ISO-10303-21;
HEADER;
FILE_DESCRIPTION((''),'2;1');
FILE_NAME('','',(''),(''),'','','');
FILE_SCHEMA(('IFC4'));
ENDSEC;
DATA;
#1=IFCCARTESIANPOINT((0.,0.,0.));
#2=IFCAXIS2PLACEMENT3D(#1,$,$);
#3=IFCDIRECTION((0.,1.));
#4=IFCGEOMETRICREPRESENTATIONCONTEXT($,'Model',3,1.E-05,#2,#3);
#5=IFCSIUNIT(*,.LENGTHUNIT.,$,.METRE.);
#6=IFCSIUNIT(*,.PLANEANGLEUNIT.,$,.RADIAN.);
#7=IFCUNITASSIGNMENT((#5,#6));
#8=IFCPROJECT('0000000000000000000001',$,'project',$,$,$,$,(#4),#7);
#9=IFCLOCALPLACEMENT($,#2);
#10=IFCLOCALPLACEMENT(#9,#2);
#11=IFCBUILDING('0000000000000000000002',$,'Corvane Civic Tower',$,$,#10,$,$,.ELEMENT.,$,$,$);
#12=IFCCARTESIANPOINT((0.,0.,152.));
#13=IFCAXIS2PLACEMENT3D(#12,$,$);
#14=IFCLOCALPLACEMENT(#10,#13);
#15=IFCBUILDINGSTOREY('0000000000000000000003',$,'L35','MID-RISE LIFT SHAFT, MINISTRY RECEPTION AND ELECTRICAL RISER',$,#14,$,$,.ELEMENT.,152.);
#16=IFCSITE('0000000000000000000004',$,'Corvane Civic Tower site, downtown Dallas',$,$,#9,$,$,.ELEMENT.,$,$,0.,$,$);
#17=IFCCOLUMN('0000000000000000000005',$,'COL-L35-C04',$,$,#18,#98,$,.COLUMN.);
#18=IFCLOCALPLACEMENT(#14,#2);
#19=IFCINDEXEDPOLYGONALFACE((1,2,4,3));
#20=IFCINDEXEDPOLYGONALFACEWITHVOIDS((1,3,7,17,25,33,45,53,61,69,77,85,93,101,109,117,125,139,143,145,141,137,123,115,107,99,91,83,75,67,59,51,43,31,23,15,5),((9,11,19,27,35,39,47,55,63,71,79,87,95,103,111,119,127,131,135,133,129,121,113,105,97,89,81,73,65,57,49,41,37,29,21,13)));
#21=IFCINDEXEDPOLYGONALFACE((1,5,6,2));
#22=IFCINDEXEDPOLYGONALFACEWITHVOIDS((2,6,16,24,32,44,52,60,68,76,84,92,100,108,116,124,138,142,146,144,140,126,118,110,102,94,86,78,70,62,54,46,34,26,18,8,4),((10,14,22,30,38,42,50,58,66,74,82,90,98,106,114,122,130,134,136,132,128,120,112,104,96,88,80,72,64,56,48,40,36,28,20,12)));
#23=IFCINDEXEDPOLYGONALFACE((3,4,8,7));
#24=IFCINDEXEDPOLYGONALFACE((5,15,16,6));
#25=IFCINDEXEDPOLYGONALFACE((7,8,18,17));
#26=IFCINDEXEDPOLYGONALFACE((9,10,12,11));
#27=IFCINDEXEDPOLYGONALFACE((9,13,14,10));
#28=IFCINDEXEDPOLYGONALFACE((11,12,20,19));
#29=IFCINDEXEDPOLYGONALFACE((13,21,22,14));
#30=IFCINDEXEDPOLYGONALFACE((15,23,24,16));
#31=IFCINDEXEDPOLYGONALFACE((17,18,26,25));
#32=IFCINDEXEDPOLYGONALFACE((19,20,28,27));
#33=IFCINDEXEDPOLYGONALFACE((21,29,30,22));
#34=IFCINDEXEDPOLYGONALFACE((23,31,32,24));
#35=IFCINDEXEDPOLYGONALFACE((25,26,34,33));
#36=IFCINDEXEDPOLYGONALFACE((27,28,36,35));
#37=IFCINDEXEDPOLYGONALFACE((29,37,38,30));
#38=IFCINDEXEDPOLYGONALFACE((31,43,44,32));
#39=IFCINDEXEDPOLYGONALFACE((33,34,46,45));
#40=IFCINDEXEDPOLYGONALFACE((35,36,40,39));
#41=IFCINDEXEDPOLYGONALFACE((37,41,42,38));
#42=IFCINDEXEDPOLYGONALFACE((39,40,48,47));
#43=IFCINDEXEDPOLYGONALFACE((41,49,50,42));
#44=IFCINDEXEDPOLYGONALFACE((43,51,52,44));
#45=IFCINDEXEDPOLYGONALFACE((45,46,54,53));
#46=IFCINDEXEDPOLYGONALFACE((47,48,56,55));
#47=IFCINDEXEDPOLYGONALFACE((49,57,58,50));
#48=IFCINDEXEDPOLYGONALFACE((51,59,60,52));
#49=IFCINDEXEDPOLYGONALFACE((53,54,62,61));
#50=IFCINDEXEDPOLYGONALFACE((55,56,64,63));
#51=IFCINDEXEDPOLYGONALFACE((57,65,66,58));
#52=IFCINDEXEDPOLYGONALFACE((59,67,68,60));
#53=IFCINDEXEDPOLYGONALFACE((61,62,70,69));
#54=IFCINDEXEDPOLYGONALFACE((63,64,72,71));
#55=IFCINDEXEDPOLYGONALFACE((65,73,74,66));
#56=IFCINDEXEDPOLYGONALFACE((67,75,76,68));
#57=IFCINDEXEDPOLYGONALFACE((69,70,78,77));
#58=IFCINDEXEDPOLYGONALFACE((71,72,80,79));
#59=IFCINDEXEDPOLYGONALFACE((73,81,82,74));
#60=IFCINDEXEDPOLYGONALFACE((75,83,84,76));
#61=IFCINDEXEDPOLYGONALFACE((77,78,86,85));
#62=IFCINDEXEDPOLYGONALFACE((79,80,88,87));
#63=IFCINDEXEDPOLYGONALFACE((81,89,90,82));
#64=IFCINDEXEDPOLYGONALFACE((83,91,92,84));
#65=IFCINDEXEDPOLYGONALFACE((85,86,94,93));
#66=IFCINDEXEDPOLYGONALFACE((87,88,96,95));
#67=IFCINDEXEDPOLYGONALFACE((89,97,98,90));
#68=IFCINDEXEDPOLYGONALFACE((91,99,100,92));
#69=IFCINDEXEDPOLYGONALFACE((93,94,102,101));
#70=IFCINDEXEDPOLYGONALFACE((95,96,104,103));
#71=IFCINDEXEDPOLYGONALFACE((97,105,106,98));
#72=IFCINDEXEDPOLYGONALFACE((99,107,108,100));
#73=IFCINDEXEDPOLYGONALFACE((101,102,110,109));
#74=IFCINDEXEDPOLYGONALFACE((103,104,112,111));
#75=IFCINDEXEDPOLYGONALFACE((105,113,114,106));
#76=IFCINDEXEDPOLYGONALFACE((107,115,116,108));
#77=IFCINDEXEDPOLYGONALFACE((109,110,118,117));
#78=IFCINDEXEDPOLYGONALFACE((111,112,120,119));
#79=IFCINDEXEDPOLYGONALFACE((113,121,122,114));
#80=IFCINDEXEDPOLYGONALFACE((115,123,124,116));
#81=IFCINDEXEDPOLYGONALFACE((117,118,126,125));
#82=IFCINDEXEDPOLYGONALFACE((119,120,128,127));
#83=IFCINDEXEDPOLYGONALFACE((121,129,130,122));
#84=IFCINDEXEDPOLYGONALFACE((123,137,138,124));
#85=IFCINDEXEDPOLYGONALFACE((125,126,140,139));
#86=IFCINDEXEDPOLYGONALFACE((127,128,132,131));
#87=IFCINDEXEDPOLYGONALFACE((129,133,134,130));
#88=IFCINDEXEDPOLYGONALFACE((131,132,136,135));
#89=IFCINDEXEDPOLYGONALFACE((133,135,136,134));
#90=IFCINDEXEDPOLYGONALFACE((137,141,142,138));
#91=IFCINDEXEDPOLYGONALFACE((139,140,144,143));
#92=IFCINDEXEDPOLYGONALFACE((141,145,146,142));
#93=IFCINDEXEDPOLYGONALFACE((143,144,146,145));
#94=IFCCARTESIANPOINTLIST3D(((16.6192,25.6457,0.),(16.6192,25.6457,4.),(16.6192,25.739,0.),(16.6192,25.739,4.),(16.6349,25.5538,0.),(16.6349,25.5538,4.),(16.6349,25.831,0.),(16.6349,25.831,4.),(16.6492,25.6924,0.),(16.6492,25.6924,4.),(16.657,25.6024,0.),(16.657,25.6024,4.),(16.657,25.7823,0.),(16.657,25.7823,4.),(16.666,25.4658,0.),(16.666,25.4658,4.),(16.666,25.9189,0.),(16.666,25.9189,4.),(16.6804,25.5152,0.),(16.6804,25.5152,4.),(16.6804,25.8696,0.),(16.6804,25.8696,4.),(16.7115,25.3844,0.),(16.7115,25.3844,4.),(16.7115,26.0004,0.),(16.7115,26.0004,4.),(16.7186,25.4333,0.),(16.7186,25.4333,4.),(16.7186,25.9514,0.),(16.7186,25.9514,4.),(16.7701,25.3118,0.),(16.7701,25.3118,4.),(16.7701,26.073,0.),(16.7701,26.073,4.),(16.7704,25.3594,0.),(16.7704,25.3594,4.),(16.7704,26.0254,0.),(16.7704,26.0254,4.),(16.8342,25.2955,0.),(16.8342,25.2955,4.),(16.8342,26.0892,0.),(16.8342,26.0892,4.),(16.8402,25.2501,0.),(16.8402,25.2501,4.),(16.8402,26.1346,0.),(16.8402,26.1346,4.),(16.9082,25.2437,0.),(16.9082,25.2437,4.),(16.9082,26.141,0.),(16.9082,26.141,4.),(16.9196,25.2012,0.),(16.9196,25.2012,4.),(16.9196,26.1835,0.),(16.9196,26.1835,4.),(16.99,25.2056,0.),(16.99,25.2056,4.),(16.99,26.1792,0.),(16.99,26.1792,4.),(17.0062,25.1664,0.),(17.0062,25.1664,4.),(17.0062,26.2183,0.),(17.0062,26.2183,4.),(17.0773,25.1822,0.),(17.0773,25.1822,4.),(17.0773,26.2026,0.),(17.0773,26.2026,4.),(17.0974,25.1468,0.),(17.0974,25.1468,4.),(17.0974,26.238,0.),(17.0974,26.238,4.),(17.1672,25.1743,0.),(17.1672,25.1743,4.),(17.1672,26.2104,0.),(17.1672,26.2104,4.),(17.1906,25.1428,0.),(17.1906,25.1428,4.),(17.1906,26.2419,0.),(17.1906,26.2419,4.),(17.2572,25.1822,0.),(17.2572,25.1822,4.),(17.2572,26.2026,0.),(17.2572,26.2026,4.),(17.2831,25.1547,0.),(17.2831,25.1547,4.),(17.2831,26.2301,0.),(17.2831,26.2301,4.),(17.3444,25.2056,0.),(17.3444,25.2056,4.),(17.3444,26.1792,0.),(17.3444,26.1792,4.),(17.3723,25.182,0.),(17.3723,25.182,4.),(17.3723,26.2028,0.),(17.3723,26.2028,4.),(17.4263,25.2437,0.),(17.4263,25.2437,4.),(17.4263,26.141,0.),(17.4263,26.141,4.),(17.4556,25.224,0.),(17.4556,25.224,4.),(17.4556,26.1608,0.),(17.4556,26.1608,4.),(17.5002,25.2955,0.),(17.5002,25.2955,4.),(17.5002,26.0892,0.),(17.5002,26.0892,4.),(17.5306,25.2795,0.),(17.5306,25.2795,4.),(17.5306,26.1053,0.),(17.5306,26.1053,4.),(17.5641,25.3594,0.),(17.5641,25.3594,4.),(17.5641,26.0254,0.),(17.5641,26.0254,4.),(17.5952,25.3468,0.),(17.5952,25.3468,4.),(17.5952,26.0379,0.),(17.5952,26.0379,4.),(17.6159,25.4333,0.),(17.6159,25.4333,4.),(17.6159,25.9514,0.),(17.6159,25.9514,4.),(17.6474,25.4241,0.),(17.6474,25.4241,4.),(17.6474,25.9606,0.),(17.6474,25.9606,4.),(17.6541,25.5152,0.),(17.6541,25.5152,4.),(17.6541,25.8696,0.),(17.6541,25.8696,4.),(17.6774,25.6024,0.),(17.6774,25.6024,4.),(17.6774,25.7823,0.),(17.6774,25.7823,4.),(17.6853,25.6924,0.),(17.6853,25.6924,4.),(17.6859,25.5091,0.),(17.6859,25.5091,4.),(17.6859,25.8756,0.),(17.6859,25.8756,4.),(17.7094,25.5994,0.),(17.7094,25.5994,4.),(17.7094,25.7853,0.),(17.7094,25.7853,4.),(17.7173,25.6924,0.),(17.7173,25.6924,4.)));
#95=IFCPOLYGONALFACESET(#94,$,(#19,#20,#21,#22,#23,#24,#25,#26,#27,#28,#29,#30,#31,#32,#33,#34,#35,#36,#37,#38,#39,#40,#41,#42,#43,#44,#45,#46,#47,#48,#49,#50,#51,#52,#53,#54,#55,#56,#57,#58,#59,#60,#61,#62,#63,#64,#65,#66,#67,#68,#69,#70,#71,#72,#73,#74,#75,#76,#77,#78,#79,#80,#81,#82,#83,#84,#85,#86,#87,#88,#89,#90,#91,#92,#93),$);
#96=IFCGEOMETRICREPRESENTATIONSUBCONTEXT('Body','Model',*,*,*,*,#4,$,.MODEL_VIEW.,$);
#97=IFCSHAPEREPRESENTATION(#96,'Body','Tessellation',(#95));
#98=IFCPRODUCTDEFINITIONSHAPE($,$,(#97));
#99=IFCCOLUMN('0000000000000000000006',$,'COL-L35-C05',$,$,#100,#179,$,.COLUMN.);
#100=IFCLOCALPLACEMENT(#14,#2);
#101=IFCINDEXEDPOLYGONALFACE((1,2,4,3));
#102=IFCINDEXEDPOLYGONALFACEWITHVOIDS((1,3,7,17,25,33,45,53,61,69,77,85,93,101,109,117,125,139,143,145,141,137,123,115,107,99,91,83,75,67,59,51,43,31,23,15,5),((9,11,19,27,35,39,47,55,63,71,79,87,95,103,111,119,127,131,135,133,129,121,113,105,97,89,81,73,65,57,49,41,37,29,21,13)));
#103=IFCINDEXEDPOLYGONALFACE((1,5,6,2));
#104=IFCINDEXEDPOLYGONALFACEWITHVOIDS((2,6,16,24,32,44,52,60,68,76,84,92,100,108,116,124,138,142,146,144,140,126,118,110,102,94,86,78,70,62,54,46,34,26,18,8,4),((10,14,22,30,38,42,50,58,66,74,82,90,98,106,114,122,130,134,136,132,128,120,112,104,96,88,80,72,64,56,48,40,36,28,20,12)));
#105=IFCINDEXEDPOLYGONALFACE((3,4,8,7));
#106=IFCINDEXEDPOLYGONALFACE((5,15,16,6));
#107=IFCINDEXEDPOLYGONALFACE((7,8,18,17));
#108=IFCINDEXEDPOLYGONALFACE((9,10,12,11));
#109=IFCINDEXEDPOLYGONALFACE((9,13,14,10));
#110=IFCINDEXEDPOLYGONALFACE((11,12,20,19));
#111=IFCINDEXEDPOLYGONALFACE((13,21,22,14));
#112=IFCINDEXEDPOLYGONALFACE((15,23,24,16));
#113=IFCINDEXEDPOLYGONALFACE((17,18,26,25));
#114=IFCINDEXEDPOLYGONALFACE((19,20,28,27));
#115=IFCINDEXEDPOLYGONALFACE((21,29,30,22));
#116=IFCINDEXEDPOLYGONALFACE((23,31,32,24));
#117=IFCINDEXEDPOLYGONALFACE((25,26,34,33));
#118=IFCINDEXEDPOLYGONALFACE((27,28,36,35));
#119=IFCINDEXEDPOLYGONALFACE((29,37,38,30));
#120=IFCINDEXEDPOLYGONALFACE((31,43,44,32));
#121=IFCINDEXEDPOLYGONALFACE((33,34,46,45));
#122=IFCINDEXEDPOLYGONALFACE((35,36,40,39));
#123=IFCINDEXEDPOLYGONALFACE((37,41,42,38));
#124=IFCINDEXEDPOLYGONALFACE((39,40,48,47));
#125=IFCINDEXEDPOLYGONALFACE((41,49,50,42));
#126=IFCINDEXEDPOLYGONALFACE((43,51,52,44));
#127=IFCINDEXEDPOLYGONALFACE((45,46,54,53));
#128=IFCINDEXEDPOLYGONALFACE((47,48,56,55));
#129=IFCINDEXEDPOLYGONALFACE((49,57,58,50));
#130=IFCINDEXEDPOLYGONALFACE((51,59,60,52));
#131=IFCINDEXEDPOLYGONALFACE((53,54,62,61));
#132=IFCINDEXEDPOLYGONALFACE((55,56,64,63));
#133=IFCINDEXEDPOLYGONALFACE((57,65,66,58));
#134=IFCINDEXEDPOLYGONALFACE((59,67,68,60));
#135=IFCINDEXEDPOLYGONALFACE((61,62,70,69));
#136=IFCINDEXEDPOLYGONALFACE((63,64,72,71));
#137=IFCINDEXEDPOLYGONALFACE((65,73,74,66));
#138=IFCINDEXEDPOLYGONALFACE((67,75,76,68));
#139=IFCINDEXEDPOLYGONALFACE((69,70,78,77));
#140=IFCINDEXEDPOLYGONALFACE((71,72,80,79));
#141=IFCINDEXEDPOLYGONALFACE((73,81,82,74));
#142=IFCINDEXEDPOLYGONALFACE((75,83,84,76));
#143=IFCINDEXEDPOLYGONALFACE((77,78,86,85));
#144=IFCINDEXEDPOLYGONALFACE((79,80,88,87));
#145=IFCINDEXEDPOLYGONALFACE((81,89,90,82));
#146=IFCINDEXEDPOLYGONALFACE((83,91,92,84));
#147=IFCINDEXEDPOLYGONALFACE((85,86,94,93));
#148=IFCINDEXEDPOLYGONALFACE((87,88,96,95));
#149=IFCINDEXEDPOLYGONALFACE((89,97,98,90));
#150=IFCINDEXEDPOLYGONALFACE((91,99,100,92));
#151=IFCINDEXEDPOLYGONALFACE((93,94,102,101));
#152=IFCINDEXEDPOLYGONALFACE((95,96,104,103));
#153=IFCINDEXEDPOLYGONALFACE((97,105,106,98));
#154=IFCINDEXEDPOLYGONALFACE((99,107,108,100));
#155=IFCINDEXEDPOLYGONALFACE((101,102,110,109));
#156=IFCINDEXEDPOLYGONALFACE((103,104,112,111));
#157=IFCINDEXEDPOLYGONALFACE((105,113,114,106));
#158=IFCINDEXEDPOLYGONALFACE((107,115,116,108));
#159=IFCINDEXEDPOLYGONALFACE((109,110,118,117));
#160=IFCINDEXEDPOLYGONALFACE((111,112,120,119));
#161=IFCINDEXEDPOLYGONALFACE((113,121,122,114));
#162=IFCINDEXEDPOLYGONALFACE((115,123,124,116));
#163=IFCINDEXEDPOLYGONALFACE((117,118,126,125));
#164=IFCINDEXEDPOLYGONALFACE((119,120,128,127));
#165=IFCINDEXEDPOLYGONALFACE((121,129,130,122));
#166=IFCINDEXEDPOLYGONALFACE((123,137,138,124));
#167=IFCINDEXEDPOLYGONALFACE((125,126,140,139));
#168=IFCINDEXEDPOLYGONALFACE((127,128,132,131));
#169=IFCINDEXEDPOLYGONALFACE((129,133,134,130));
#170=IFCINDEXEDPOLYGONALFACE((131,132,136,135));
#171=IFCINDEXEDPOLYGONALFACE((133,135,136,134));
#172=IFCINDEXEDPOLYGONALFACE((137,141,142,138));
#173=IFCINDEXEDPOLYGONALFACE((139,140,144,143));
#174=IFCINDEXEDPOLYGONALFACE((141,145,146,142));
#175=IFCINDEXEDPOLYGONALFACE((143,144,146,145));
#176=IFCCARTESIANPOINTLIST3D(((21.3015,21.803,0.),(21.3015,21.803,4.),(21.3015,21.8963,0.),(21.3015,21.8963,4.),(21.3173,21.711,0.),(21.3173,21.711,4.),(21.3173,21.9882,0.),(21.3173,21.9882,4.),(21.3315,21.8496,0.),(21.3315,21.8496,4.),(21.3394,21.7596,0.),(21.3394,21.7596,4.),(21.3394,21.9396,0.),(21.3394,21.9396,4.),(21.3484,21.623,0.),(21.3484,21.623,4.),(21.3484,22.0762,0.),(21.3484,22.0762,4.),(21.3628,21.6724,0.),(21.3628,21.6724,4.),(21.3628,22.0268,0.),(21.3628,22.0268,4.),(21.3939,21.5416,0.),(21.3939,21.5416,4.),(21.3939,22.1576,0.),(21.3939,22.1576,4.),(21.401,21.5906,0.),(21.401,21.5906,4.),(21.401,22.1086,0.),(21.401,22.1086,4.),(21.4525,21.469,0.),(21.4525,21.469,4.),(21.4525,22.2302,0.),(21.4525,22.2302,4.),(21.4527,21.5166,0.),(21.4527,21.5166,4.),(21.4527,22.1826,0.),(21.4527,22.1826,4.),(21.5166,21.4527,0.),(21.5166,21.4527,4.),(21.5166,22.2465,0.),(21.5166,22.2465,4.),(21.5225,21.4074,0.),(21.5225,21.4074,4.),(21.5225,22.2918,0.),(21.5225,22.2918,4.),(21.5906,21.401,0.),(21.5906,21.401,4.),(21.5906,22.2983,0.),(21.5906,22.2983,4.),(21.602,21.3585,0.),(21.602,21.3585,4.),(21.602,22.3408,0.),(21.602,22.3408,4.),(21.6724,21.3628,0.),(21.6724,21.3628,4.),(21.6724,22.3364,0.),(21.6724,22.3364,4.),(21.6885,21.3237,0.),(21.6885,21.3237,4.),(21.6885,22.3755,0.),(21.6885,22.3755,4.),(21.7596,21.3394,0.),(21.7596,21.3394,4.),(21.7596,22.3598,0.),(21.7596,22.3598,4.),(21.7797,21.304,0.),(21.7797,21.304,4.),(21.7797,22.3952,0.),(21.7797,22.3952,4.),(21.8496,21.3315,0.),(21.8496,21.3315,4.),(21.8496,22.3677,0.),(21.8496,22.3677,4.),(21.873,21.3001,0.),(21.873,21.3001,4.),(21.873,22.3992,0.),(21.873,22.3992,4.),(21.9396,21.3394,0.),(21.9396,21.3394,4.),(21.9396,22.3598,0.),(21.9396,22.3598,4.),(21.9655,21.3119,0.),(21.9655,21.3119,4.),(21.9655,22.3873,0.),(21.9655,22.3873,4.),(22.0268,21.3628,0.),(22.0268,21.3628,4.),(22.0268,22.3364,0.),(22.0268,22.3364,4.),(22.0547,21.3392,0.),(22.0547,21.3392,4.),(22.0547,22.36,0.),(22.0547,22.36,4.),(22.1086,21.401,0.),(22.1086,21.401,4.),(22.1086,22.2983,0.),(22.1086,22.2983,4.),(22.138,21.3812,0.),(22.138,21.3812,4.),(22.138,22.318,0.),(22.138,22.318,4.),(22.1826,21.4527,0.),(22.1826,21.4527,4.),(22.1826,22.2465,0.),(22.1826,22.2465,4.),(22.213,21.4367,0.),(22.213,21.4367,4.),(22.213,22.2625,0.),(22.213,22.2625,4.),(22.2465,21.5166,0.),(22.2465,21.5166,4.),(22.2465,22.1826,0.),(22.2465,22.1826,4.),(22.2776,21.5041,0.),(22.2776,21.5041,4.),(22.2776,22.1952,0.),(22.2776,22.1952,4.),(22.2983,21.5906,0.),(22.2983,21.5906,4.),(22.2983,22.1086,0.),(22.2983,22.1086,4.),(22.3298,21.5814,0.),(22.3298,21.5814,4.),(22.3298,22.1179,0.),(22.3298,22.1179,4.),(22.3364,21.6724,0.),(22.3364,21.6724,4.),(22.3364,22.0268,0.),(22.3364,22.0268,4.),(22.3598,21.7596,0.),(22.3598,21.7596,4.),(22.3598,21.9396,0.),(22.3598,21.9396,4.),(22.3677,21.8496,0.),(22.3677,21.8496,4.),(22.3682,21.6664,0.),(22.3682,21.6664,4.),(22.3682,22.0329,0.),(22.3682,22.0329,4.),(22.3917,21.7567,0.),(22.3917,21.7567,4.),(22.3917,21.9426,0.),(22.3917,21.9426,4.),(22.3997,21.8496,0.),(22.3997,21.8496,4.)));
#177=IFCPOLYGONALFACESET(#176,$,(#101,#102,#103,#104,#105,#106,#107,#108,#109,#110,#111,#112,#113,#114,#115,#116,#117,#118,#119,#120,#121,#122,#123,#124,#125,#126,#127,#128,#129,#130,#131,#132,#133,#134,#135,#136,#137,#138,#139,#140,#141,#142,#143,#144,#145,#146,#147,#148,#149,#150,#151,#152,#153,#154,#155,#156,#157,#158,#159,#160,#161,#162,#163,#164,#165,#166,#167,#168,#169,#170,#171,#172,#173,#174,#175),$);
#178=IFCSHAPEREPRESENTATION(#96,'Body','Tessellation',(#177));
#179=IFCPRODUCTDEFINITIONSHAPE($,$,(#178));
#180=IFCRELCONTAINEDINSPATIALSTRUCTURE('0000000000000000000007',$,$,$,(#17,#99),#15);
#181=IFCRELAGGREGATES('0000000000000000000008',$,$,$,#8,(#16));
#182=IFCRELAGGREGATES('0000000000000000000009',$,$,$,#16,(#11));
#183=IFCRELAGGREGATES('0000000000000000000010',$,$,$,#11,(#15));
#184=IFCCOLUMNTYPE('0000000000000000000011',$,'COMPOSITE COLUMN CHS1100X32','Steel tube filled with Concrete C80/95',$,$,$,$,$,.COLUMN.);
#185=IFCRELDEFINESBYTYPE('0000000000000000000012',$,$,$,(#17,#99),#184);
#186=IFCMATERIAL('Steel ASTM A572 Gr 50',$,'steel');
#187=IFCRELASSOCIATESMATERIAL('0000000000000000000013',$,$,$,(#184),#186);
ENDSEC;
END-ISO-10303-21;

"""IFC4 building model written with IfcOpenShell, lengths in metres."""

from ifc_helpers import new_model, si_unit, direction, frame, origin, origin_2d, place, context, subcontext, project, spatial, hollow_circle, extrude, material, material_profile, profile_set, type_object, element, save


model = new_model("IFC4")

# Units and contexts
model_context = context("Model", 3, precision=1e-05, world=origin(), true_north=direction((0.0, 1.0)))
body_context = subcontext(model_context, "Body", "Model", "MODEL_VIEW")
ifc_project = project(units=[si_unit("LENGTHUNIT", "METRE"), si_unit("PLANEANGLEUNIT", "RADIAN")], contexts=[model_context])

# Site, building, storey
site_placement = place(None, origin())
site = spatial("IfcSite", under=ifc_project, at=site_placement, Name="Corvane Civic Tower site, downtown Dallas", CompositionType="ELEMENT", RefElevation=0.0)
building_placement = place(site_placement, origin())
building = spatial("IfcBuilding", under=site, at=building_placement, Name="Corvane Civic Tower", CompositionType="ELEMENT")
storey_placement = place(building_placement, frame((0.0, 0.0, 152.0)))
storey = spatial("IfcBuildingStorey", under=building, at=storey_placement, Name="L35", Description="MID-RISE LIFT SHAFT, MINISTRY RECEPTION AND ELECTRICAL RISER", CompositionType="ELEMENT", Elevation=152.0)

# Columns
ifc_material_1 = material(Name="Steel ASTM A572 Gr 50", Category="steel")
ifc_material_profile_1 = material_profile(ifc_material_1, hollow_circle(Radius=0.55, WallThickness=0.032, at=origin_2d()), Name="CHS1100X32")
ifc_profile_set_1 = profile_set([ifc_material_profile_1], Name="Steel ASTM A572 Gr 50")
column_type = type_object("IfcColumnType", Name="COMPOSITE COLUMN CHS1100X32", Description="Steel tube filled with Concrete C80/95", PredefinedType="COLUMN", material=ifc_profile_set_1)
for number, where, z_axis, x_axis, name in (
    (1, (17.1672, 25.6924, 0.0), (0.0, 0.0, 1.0), (1.0, 0.0, 0.0), "COL-L35-C04"),
    (2, (21.8496, 21.8496, 0.0), (0.0, 0.0, 1.0), (1.0, 0.0, 0.0), "COL-L35-C05"),
):
    element("IfcColumn", number, at=place(storey_placement, frame(where, z_axis=z_axis, x_axis=x_axis)), inside=storey, type_object=column_type, Name=name, PredefinedType="COLUMN", context=body_context, shape_type="SweptSolid", body=[
        extrude(hollow_circle(Radius=0.55, WallThickness=0.032, at=origin_2d()), origin(), (0.0, 0.0, 1.0), 4.0),
    ])

save(model, "model.ifc")
